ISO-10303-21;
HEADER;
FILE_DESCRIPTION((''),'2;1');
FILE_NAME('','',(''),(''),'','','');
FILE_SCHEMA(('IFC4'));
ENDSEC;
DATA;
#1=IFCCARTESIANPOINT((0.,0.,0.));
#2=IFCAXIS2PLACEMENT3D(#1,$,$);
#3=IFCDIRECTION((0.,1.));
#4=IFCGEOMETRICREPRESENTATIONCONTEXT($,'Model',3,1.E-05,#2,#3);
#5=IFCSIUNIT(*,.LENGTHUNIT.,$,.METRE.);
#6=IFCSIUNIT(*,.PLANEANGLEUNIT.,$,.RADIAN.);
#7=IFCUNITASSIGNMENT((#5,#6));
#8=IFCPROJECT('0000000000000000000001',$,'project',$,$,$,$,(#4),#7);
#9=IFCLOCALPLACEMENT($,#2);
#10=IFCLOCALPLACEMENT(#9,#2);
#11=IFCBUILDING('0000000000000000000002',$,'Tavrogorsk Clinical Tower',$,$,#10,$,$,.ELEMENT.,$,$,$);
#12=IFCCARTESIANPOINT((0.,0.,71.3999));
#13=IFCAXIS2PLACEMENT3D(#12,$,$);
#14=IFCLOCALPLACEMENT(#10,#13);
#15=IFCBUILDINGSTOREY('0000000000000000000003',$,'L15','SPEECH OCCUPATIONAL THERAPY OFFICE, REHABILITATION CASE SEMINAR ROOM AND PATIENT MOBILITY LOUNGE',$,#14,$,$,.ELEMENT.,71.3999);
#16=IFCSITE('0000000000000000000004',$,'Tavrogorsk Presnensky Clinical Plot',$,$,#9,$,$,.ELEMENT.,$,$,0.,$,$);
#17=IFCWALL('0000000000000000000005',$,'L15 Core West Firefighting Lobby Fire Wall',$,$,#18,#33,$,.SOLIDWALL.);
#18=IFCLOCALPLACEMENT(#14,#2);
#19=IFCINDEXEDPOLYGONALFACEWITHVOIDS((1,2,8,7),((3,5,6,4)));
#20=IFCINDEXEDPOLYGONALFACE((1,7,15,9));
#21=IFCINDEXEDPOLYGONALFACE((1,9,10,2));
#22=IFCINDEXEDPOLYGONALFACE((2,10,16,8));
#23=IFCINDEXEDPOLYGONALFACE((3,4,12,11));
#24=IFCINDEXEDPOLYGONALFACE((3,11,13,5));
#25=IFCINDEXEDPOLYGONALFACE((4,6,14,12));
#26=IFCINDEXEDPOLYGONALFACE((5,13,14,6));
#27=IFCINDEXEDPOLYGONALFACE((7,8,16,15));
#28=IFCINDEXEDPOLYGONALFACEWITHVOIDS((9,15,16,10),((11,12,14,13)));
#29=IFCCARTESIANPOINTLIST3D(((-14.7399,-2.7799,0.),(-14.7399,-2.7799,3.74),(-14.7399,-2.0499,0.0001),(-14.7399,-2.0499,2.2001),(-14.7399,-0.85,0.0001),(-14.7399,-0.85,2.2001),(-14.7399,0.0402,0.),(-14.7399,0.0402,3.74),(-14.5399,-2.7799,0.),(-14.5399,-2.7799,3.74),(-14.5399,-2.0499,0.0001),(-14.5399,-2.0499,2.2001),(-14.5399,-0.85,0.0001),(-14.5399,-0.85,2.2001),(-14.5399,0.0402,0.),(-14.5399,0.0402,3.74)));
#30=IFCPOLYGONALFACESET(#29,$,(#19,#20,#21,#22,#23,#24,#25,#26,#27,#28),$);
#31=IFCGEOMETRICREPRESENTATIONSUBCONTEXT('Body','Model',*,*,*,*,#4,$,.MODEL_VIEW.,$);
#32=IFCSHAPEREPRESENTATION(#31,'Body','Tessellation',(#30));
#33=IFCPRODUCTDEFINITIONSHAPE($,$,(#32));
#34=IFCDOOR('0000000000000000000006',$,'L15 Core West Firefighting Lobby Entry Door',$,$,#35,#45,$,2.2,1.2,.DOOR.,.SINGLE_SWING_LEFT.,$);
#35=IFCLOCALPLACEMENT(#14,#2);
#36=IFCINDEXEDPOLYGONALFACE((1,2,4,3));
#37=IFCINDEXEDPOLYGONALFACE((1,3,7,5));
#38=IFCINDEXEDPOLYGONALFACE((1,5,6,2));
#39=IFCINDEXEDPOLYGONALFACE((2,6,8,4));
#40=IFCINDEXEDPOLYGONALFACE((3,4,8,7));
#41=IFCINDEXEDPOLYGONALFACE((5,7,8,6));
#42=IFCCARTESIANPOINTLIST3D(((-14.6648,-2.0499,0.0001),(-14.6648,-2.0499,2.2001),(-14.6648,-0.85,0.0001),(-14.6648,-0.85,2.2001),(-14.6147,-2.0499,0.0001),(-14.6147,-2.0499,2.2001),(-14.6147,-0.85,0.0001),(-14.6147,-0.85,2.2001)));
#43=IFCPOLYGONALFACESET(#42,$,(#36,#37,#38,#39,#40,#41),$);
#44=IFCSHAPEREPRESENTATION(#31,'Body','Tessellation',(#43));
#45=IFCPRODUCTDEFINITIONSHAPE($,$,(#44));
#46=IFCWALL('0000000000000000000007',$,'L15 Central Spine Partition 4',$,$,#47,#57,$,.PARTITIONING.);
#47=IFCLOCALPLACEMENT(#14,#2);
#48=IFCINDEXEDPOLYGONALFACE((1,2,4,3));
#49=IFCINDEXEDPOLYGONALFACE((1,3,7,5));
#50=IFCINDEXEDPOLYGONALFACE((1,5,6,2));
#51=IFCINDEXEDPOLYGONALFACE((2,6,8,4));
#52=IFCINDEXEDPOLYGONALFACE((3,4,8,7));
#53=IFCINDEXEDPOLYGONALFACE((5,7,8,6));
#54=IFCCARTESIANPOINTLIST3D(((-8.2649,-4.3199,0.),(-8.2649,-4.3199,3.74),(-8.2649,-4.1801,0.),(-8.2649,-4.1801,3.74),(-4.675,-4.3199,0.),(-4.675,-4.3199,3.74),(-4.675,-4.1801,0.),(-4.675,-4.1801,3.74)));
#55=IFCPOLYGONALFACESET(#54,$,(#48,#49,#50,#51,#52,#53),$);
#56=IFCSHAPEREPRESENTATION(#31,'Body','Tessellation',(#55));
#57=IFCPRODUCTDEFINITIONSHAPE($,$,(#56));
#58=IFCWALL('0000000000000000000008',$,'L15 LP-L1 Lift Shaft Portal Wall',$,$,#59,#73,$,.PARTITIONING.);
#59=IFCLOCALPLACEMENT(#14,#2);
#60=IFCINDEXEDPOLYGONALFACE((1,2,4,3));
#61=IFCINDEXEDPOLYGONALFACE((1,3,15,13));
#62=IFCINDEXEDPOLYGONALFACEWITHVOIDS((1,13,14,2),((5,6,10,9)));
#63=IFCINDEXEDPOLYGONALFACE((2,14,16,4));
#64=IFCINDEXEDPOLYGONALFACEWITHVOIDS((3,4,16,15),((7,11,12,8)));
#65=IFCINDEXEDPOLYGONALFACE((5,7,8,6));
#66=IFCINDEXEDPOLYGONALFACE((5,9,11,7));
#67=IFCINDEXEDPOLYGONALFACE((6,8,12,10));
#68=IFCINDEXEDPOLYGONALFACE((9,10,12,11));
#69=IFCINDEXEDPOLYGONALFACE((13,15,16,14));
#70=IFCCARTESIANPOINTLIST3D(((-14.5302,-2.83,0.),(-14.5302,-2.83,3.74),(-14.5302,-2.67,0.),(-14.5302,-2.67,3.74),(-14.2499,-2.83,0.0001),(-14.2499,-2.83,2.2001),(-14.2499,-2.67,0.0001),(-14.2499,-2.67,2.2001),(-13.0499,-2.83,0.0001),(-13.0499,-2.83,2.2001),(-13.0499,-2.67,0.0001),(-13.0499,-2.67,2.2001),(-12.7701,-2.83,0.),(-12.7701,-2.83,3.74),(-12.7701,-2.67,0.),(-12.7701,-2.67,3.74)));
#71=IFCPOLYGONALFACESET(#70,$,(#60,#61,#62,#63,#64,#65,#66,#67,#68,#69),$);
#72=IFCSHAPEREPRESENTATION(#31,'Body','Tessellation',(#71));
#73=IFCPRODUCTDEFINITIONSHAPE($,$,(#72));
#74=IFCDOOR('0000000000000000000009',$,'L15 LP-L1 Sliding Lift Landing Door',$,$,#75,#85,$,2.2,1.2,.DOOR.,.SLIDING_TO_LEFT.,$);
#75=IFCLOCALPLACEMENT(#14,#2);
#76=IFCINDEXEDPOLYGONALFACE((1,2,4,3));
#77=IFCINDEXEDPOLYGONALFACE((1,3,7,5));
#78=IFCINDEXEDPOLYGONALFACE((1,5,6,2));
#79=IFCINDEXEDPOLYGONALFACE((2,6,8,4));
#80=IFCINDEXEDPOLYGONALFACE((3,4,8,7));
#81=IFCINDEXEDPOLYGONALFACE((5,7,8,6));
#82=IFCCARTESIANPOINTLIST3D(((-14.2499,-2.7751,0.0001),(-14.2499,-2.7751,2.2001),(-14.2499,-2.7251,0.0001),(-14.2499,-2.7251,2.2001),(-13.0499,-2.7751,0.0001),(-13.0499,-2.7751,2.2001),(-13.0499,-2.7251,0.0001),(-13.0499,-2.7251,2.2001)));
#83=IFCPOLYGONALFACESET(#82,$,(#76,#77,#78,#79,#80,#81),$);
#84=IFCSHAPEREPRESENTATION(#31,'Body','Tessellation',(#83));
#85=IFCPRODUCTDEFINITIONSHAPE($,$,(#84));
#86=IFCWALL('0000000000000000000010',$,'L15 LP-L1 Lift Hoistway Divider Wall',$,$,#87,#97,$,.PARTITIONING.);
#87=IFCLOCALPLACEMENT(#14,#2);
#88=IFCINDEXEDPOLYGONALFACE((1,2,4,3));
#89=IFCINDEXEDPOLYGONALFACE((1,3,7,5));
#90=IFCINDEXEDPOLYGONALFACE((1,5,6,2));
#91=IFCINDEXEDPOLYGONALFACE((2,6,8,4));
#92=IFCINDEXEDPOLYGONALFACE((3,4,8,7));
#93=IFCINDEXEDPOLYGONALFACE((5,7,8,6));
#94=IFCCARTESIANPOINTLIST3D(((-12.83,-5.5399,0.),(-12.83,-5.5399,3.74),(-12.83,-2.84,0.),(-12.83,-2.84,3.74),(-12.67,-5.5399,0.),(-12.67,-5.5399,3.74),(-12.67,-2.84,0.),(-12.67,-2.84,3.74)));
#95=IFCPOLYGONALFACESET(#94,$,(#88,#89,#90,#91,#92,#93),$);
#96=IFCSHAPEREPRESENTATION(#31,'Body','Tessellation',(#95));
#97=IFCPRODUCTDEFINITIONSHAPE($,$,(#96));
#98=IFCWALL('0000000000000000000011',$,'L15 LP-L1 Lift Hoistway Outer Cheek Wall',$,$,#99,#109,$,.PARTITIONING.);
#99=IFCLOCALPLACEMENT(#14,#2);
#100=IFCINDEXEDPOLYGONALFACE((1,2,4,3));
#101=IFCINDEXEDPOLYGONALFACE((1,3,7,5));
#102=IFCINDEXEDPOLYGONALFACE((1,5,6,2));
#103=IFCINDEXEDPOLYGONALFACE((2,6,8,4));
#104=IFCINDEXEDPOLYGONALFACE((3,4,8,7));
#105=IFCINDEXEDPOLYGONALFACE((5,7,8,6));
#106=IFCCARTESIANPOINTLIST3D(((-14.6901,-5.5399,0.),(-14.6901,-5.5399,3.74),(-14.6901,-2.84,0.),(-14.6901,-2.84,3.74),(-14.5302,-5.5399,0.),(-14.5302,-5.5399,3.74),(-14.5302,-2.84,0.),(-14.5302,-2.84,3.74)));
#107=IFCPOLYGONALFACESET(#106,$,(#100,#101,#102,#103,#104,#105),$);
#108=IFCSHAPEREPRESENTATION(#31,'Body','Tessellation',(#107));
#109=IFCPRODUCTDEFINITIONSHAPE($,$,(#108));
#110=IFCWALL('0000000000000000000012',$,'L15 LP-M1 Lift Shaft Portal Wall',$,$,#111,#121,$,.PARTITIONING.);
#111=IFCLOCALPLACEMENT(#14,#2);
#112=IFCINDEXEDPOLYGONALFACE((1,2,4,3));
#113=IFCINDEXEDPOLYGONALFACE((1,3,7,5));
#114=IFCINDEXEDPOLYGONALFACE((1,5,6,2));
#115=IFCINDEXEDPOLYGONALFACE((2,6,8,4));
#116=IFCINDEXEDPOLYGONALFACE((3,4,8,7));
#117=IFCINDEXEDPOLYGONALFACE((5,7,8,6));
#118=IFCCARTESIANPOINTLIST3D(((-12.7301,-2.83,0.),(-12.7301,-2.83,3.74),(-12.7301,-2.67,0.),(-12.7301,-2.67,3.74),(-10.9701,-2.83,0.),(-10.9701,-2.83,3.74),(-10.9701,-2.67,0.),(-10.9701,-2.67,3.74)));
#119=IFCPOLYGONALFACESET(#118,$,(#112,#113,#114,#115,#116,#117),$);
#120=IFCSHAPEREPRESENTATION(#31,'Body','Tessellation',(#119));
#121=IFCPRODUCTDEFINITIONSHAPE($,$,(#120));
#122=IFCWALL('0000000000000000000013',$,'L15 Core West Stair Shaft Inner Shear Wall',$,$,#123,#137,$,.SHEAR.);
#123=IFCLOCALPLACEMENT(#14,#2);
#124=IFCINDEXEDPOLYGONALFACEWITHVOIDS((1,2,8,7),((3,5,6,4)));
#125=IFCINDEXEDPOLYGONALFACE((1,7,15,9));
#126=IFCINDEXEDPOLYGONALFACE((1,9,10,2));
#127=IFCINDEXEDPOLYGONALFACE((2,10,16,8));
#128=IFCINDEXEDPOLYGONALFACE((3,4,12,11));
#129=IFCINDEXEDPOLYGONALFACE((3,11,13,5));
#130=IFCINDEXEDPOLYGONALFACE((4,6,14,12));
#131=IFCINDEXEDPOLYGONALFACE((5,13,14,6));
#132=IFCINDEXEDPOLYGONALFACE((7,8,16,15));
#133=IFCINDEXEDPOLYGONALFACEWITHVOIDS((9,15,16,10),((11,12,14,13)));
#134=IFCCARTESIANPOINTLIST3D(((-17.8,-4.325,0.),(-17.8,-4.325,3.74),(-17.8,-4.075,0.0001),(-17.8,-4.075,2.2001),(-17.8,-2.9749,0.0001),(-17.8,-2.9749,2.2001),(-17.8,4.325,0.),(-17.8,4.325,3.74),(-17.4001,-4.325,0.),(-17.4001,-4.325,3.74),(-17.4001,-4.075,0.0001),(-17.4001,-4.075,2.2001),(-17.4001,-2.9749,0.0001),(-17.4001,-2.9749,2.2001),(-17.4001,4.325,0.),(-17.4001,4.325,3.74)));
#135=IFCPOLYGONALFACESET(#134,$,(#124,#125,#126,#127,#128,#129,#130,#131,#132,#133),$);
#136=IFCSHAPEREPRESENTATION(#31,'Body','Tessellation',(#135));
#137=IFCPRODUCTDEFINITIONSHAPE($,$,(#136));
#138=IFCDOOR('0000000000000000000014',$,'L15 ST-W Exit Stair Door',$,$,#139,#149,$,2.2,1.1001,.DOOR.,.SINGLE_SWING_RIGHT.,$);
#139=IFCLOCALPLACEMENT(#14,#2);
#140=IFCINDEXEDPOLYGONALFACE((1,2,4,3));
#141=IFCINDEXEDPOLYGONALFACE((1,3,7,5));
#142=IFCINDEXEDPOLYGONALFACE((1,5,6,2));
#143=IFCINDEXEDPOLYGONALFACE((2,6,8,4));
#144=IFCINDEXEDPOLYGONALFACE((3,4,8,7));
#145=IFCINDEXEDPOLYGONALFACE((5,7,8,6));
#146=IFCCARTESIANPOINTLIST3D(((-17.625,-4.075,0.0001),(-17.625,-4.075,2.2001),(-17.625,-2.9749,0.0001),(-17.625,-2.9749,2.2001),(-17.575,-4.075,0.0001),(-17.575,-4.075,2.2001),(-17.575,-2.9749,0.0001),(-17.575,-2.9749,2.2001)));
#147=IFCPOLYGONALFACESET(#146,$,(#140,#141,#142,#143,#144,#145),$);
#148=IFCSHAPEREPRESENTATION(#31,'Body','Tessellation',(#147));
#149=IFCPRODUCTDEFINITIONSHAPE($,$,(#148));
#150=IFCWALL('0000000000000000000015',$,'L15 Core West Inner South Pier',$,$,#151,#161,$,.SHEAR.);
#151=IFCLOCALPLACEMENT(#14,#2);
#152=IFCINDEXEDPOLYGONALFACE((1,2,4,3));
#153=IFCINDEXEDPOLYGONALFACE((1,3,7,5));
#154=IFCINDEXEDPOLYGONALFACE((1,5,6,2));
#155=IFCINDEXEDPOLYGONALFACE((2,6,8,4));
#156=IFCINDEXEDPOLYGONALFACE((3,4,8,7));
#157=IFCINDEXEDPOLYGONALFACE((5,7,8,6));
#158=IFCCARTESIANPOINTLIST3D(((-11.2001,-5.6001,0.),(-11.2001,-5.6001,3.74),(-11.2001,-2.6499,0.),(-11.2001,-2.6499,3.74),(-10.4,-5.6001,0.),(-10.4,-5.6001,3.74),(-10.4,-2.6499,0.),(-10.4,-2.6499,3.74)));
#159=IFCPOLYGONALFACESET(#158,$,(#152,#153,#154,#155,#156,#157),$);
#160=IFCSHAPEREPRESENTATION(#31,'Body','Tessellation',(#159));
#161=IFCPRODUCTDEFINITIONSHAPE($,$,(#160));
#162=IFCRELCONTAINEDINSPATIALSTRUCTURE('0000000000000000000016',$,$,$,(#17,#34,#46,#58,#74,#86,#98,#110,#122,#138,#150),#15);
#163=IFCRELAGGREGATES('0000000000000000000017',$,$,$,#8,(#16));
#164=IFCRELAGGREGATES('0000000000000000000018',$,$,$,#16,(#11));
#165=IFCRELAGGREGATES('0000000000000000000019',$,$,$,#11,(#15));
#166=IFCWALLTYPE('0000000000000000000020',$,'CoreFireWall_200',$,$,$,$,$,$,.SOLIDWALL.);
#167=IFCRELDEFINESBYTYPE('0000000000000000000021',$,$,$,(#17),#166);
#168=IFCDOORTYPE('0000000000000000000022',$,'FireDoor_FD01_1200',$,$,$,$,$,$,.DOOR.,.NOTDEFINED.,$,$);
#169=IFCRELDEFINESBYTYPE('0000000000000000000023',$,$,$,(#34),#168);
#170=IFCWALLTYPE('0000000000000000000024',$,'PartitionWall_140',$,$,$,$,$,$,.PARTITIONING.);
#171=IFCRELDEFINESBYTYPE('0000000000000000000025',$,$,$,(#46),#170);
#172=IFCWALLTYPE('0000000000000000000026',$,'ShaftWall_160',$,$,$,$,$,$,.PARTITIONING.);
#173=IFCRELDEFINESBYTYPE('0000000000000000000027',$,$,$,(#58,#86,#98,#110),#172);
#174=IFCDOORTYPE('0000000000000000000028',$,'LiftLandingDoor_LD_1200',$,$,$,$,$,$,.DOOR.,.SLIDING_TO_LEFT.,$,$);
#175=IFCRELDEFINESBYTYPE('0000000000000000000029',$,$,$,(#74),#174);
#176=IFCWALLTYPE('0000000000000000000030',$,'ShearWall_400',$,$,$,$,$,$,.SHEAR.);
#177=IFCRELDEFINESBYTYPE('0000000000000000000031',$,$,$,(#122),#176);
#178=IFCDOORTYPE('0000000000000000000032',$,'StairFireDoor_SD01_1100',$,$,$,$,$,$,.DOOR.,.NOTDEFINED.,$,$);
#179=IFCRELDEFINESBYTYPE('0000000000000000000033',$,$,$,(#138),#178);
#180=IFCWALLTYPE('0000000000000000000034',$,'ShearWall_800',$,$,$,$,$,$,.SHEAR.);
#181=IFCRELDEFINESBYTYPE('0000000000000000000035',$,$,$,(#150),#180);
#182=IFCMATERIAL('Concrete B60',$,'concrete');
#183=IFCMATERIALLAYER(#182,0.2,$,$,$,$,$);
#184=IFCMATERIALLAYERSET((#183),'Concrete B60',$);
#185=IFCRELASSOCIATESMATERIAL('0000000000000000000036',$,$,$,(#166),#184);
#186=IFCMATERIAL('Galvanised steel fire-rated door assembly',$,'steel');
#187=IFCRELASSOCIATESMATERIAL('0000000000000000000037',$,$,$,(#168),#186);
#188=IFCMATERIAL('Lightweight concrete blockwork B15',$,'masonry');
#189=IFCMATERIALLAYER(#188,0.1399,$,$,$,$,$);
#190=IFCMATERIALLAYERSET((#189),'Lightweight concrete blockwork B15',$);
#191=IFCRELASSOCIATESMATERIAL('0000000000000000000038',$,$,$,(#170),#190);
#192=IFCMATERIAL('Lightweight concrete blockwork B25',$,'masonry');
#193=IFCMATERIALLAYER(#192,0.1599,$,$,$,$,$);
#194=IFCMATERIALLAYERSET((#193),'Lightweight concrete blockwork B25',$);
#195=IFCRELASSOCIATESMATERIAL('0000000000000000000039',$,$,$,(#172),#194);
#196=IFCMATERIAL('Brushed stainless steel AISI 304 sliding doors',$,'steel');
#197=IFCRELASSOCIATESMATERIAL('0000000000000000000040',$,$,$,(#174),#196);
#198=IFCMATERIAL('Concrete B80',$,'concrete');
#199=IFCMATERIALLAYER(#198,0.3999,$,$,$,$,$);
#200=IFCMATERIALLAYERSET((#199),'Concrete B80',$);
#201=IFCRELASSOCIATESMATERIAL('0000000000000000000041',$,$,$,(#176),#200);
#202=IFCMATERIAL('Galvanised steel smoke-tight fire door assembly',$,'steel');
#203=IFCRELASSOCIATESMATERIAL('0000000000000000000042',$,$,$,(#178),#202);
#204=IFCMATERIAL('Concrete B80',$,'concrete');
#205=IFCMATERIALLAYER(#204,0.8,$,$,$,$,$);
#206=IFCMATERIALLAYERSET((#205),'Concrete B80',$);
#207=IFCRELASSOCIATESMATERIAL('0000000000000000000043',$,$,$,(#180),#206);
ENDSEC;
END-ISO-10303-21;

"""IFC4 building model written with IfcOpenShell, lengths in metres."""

from ifc_helpers import new_model, si_unit, direction, frame, frame_2d, origin, place, context, subcontext, project, spatial, rectangle, extrude, material, layer, layer_set, type_object, element, fill, save


model = new_model("IFC4")

# Units and contexts
model_context = context("Model", 3, precision=1e-05, world=origin(), true_north=direction((0.0, 1.0)))
body_context = subcontext(model_context, "Body", "Model", "MODEL_VIEW")
ifc_project = project(units=[si_unit("LENGTHUNIT", "METRE"), si_unit("PLANEANGLEUNIT", "RADIAN")], contexts=[model_context])

# Site, building, storey
site_placement = place(None, origin())
site = spatial("IfcSite", under=ifc_project, at=site_placement, Name="Tavrogorsk Presnensky Clinical Plot", CompositionType="ELEMENT", RefElevation=0.0)
building_placement = place(site_placement, origin())
building = spatial("IfcBuilding", under=site, at=building_placement, Name="Tavrogorsk Clinical Tower", CompositionType="ELEMENT")
storey_placement = place(building_placement, frame((0.0, 0.0, 71.3999)))
storey = spatial("IfcBuildingStorey", under=building, at=storey_placement, Name="L15", Description="SPEECH OCCUPATIONAL THERAPY OFFICE, REHABILITATION CASE SEMINAR ROOM AND PATIENT MOBILITY LOUNGE", CompositionType="ELEMENT", Elevation=71.3999)

# Wall, opening, door
ifc_material_1 = material(Name="Concrete B60", Category="concrete")
ifc_layer_1 = layer(ifc_material_1, 0.2)
ifc_layer_set_1 = layer_set([ifc_layer_1], Name="Concrete B60")
wall_type_1 = type_object("IfcWallType", Name="CoreFireWall_200", PredefinedType="SOLIDWALL", material=ifc_layer_set_1)
wall_1_placement = place(storey_placement, frame((-14.6399, -2.78, 0.0), z_axis=(0.0, 0.0, 1.0), x_axis=(0.0, 1.0, 0.0)))
wall_1 = element("IfcWall", 1, at=wall_1_placement, inside=storey, type_object=wall_type_1, Name="L15 Core West Firefighting Lobby Fire Wall", PredefinedType="SOLIDWALL", context=body_context, shape_type="SweptSolid", body=[
    extrude(rectangle(XDim=2.8201, YDim=0.2, at=frame_2d((1.4102, 0.0))), origin(), (0.0, 0.0, 1.0), 3.74),
])
opening_1_placement = place(wall_1_placement, frame((0.73, 0.0, 0.0)))
opening_1 = element("IfcOpeningElement", 2, at=opening_1_placement, cuts=wall_1, PredefinedType="OPENING", context=body_context, shape_type="SweptSolid", body=[
    extrude(rectangle(XDim=1.2, YDim=2.2, at=frame_2d((0.6001, 1.1001))), frame((0.0, 0.1099, 0.0), z_axis=(0.0, -1.0, 0.0), x_axis=(1.0, 0.0, 0.0)), (0.0, 0.0, 1.0), 0.22),
])
ifc_material_2 = material(Name="Galvanised steel fire-rated door assembly", Category="steel")
door_type_1 = type_object("IfcDoorType", Name="FireDoor_FD01_1200", OperationType="NOTDEFINED", PredefinedType="DOOR", material=ifc_material_2)
door_1_placement = place(opening_1_placement, origin())
door_1 = element("IfcDoor", 3, at=door_1_placement, inside=storey, type_object=door_type_1, Name="L15 Core West Firefighting Lobby Entry Door", OperationType="SINGLE_SWING_LEFT", OverallHeight=2.2, OverallWidth=1.2, PredefinedType="DOOR", context=body_context, shape_type="SweptSolid", body=[
    extrude(rectangle(XDim=1.2, YDim=2.2, at=frame_2d((0.6001, 1.1001))), frame((0.0, 0.0249, 0.0), z_axis=(0.0, -1.0, 0.0), x_axis=(1.0, 0.0, 0.0)), (0.0, 0.0, 1.0), 0.05),
])
fill(opening_1, door_1)

# Wall
ifc_material_3 = material(Name="Lightweight concrete blockwork B15", Category="masonry")
ifc_layer_2 = layer(ifc_material_3, 0.1399)
ifc_layer_set_2 = layer_set([ifc_layer_2], Name="Lightweight concrete blockwork B15")
wall_type_2 = type_object("IfcWallType", Name="PartitionWall_140", PredefinedType="PARTITIONING", material=ifc_layer_set_2)
wall_2_placement = place(storey_placement, frame((-8.2649, -4.25, 0.0), z_axis=(0.0, 0.0, 1.0), x_axis=(1.0, 0.0, 0.0)))
element("IfcWall", 4, at=wall_2_placement, inside=storey, type_object=wall_type_2, Name="L15 Central Spine Partition 4", PredefinedType="PARTITIONING", context=body_context, shape_type="SweptSolid", body=[
    extrude(rectangle(XDim=3.5898, YDim=0.1399, at=frame_2d((1.7949, 0.0))), origin(), (0.0, 0.0, 1.0), 3.74),
])

# Wall, opening, door
ifc_material_4 = material(Name="Lightweight concrete blockwork B25", Category="masonry")
ifc_layer_3 = layer(ifc_material_4, 0.1599)
ifc_layer_set_3 = layer_set([ifc_layer_3], Name="Lightweight concrete blockwork B25")
wall_type_3 = type_object("IfcWallType", Name="ShaftWall_160", PredefinedType="PARTITIONING", material=ifc_layer_set_3)
wall_3_placement = place(storey_placement, frame((-14.53, -2.75, 0.0), z_axis=(0.0, 0.0, 1.0), x_axis=(1.0, 0.0, 0.0)))
wall_3 = element("IfcWall", 5, at=wall_3_placement, inside=storey, type_object=wall_type_3, Name="L15 LP-L1 Lift Shaft Portal Wall", PredefinedType="PARTITIONING", context=body_context, shape_type="SweptSolid", body=[
    extrude(rectangle(XDim=1.76, YDim=0.1599, at=frame_2d((0.8799, 0.0))), origin(), (0.0, 0.0, 1.0), 3.74),
])
opening_2_placement = place(wall_3_placement, frame((0.28, 0.0, 0.0)))
opening_2 = element("IfcOpeningElement", 6, at=opening_2_placement, cuts=wall_3, PredefinedType="OPENING", context=body_context, shape_type="SweptSolid", body=[
    extrude(rectangle(XDim=1.2, YDim=2.2, at=frame_2d((0.6001, 1.1001))), frame((0.0, 0.0898, 0.0), z_axis=(0.0, -1.0, 0.0), x_axis=(1.0, 0.0, 0.0)), (0.0, 0.0, 1.0), 0.1799),
])
ifc_material_5 = material(Name="Brushed stainless steel AISI 304 sliding doors", Category="steel")
door_type_2 = type_object("IfcDoorType", Name="LiftLandingDoor_LD_1200", OperationType="SLIDING_TO_LEFT", PredefinedType="DOOR", material=ifc_material_5)
door_2_placement = place(opening_2_placement, origin())
door_2 = element("IfcDoor", 7, at=door_2_placement, inside=storey, type_object=door_type_2, Name="L15 LP-L1 Sliding Lift Landing Door", OperationType="SLIDING_TO_LEFT", OverallHeight=2.2, OverallWidth=1.2, PredefinedType="DOOR", context=body_context, shape_type="SweptSolid", body=[
    extrude(rectangle(XDim=1.2, YDim=2.2, at=frame_2d((0.6001, 1.1001))), frame((0.0, 0.0249, 0.0), z_axis=(0.0, -1.0, 0.0), x_axis=(1.0, 0.0, 0.0)), (0.0, 0.0, 1.0), 0.05),
])
fill(opening_2, door_2)

# Walls
for number, where, z_axis, x_axis, name in (
    (8, (-12.75, -5.54, 0.0), (0.0, 0.0, 1.0), (0.0, 1.0, 0.0), "L15 LP-L1 Lift Hoistway Divider Wall"),
    (9, (-14.6101, -5.54, 0.0), (0.0, 0.0, 1.0), (0.0, 1.0, 0.0), "L15 LP-L1 Lift Hoistway Outer Cheek Wall"),
):
    element("IfcWall", number, at=place(storey_placement, frame(where, z_axis=z_axis, x_axis=x_axis)), inside=storey, type_object=wall_type_3, Name=name, PredefinedType="PARTITIONING", context=body_context, shape_type="SweptSolid", body=[
        extrude(rectangle(XDim=2.7, YDim=0.1599, at=frame_2d((1.3501, 0.0))), origin(), (0.0, 0.0, 1.0), 3.74),
    ])
wall_4_placement = place(storey_placement, frame((-12.73, -2.75, 0.0), z_axis=(0.0, 0.0, 1.0), x_axis=(1.0, 0.0, 0.0)))
element("IfcWall", 10, at=wall_4_placement, inside=storey, type_object=wall_type_3, Name="L15 LP-M1 Lift Shaft Portal Wall", PredefinedType="PARTITIONING", context=body_context, shape_type="SweptSolid", body=[
    extrude(rectangle(XDim=1.76, YDim=0.1599, at=frame_2d((0.8799, 0.0))), origin(), (0.0, 0.0, 1.0), 3.74),
])

# Wall, opening, door
ifc_material_6 = material(Name="Concrete B80", Category="concrete")
ifc_layer_4 = layer(ifc_material_6, 0.3999)
ifc_layer_set_4 = layer_set([ifc_layer_4], Name="Concrete B80")
wall_type_4 = type_object("IfcWallType", Name="ShearWall_400", PredefinedType="SHEAR", material=ifc_layer_set_4)
wall_5_placement = place(storey_placement, frame((-17.6001, -4.325, 0.0), z_axis=(0.0, 0.0, 1.0), x_axis=(0.0, 1.0, 0.0)))
wall_5 = element("IfcWall", 11, at=wall_5_placement, inside=storey, type_object=wall_type_4, Name="L15 Core West Stair Shaft Inner Shear Wall", PredefinedType="SHEAR", context=body_context, shape_type="SweptSolid", body=[
    extrude(rectangle(XDim=8.6499, YDim=0.3999, at=frame_2d((4.325, 0.0))), origin(), (0.0, 0.0, 1.0), 3.74),
])
opening_3_placement = place(wall_5_placement, frame((0.25, 0.0, 0.0)))
opening_3 = element("IfcOpeningElement", 12, at=opening_3_placement, cuts=wall_5, PredefinedType="OPENING", context=body_context, shape_type="SweptSolid", body=[
    extrude(rectangle(XDim=1.1001, YDim=2.2, at=frame_2d((0.55, 1.1001))), frame((0.0, 0.21, 0.0), z_axis=(0.0, -1.0, 0.0), x_axis=(1.0, 0.0, 0.0)), (0.0, 0.0, 1.0), 0.4199),
])
ifc_material_7 = material(Name="Galvanised steel smoke-tight fire door assembly", Category="steel")
door_type_3 = type_object("IfcDoorType", Name="StairFireDoor_SD01_1100", OperationType="NOTDEFINED", PredefinedType="DOOR", material=ifc_material_7)
door_3_placement = place(opening_3_placement, origin())
door_3 = element("IfcDoor", 13, at=door_3_placement, inside=storey, type_object=door_type_3, Name="L15 ST-W Exit Stair Door", OperationType="SINGLE_SWING_RIGHT", OverallHeight=2.2, OverallWidth=1.1001, PredefinedType="DOOR", context=body_context, shape_type="SweptSolid", body=[
    extrude(rectangle(XDim=1.1001, YDim=2.2, at=frame_2d((0.55, 1.1001))), frame((0.0, 0.0249, 0.0), z_axis=(0.0, -1.0, 0.0), x_axis=(1.0, 0.0, 0.0)), (0.0, 0.0, 1.0), 0.05),
])
fill(opening_3, door_3)

# Wall
ifc_material_8 = material(Name="Concrete B80", Category="concrete")
ifc_layer_5 = layer(ifc_material_8, 0.8)
ifc_layer_set_5 = layer_set([ifc_layer_5], Name="Concrete B80")
wall_type_5 = type_object("IfcWallType", Name="ShearWall_800", PredefinedType="SHEAR", material=ifc_layer_set_5)
wall_6_placement = place(storey_placement, frame((-10.8, -5.6001, 0.0), z_axis=(0.0, 0.0, 1.0), x_axis=(0.0, 1.0, 0.0)))
element("IfcWall", 14, at=wall_6_placement, inside=storey, type_object=wall_type_5, Name="L15 Core West Inner South Pier", PredefinedType="SHEAR", context=body_context, shape_type="SweptSolid", body=[
    extrude(rectangle(XDim=2.9502, YDim=0.8, at=frame_2d((1.4751, 0.0))), origin(), (0.0, 0.0, 1.0), 3.74),
])

save(model, "model.ifc")
